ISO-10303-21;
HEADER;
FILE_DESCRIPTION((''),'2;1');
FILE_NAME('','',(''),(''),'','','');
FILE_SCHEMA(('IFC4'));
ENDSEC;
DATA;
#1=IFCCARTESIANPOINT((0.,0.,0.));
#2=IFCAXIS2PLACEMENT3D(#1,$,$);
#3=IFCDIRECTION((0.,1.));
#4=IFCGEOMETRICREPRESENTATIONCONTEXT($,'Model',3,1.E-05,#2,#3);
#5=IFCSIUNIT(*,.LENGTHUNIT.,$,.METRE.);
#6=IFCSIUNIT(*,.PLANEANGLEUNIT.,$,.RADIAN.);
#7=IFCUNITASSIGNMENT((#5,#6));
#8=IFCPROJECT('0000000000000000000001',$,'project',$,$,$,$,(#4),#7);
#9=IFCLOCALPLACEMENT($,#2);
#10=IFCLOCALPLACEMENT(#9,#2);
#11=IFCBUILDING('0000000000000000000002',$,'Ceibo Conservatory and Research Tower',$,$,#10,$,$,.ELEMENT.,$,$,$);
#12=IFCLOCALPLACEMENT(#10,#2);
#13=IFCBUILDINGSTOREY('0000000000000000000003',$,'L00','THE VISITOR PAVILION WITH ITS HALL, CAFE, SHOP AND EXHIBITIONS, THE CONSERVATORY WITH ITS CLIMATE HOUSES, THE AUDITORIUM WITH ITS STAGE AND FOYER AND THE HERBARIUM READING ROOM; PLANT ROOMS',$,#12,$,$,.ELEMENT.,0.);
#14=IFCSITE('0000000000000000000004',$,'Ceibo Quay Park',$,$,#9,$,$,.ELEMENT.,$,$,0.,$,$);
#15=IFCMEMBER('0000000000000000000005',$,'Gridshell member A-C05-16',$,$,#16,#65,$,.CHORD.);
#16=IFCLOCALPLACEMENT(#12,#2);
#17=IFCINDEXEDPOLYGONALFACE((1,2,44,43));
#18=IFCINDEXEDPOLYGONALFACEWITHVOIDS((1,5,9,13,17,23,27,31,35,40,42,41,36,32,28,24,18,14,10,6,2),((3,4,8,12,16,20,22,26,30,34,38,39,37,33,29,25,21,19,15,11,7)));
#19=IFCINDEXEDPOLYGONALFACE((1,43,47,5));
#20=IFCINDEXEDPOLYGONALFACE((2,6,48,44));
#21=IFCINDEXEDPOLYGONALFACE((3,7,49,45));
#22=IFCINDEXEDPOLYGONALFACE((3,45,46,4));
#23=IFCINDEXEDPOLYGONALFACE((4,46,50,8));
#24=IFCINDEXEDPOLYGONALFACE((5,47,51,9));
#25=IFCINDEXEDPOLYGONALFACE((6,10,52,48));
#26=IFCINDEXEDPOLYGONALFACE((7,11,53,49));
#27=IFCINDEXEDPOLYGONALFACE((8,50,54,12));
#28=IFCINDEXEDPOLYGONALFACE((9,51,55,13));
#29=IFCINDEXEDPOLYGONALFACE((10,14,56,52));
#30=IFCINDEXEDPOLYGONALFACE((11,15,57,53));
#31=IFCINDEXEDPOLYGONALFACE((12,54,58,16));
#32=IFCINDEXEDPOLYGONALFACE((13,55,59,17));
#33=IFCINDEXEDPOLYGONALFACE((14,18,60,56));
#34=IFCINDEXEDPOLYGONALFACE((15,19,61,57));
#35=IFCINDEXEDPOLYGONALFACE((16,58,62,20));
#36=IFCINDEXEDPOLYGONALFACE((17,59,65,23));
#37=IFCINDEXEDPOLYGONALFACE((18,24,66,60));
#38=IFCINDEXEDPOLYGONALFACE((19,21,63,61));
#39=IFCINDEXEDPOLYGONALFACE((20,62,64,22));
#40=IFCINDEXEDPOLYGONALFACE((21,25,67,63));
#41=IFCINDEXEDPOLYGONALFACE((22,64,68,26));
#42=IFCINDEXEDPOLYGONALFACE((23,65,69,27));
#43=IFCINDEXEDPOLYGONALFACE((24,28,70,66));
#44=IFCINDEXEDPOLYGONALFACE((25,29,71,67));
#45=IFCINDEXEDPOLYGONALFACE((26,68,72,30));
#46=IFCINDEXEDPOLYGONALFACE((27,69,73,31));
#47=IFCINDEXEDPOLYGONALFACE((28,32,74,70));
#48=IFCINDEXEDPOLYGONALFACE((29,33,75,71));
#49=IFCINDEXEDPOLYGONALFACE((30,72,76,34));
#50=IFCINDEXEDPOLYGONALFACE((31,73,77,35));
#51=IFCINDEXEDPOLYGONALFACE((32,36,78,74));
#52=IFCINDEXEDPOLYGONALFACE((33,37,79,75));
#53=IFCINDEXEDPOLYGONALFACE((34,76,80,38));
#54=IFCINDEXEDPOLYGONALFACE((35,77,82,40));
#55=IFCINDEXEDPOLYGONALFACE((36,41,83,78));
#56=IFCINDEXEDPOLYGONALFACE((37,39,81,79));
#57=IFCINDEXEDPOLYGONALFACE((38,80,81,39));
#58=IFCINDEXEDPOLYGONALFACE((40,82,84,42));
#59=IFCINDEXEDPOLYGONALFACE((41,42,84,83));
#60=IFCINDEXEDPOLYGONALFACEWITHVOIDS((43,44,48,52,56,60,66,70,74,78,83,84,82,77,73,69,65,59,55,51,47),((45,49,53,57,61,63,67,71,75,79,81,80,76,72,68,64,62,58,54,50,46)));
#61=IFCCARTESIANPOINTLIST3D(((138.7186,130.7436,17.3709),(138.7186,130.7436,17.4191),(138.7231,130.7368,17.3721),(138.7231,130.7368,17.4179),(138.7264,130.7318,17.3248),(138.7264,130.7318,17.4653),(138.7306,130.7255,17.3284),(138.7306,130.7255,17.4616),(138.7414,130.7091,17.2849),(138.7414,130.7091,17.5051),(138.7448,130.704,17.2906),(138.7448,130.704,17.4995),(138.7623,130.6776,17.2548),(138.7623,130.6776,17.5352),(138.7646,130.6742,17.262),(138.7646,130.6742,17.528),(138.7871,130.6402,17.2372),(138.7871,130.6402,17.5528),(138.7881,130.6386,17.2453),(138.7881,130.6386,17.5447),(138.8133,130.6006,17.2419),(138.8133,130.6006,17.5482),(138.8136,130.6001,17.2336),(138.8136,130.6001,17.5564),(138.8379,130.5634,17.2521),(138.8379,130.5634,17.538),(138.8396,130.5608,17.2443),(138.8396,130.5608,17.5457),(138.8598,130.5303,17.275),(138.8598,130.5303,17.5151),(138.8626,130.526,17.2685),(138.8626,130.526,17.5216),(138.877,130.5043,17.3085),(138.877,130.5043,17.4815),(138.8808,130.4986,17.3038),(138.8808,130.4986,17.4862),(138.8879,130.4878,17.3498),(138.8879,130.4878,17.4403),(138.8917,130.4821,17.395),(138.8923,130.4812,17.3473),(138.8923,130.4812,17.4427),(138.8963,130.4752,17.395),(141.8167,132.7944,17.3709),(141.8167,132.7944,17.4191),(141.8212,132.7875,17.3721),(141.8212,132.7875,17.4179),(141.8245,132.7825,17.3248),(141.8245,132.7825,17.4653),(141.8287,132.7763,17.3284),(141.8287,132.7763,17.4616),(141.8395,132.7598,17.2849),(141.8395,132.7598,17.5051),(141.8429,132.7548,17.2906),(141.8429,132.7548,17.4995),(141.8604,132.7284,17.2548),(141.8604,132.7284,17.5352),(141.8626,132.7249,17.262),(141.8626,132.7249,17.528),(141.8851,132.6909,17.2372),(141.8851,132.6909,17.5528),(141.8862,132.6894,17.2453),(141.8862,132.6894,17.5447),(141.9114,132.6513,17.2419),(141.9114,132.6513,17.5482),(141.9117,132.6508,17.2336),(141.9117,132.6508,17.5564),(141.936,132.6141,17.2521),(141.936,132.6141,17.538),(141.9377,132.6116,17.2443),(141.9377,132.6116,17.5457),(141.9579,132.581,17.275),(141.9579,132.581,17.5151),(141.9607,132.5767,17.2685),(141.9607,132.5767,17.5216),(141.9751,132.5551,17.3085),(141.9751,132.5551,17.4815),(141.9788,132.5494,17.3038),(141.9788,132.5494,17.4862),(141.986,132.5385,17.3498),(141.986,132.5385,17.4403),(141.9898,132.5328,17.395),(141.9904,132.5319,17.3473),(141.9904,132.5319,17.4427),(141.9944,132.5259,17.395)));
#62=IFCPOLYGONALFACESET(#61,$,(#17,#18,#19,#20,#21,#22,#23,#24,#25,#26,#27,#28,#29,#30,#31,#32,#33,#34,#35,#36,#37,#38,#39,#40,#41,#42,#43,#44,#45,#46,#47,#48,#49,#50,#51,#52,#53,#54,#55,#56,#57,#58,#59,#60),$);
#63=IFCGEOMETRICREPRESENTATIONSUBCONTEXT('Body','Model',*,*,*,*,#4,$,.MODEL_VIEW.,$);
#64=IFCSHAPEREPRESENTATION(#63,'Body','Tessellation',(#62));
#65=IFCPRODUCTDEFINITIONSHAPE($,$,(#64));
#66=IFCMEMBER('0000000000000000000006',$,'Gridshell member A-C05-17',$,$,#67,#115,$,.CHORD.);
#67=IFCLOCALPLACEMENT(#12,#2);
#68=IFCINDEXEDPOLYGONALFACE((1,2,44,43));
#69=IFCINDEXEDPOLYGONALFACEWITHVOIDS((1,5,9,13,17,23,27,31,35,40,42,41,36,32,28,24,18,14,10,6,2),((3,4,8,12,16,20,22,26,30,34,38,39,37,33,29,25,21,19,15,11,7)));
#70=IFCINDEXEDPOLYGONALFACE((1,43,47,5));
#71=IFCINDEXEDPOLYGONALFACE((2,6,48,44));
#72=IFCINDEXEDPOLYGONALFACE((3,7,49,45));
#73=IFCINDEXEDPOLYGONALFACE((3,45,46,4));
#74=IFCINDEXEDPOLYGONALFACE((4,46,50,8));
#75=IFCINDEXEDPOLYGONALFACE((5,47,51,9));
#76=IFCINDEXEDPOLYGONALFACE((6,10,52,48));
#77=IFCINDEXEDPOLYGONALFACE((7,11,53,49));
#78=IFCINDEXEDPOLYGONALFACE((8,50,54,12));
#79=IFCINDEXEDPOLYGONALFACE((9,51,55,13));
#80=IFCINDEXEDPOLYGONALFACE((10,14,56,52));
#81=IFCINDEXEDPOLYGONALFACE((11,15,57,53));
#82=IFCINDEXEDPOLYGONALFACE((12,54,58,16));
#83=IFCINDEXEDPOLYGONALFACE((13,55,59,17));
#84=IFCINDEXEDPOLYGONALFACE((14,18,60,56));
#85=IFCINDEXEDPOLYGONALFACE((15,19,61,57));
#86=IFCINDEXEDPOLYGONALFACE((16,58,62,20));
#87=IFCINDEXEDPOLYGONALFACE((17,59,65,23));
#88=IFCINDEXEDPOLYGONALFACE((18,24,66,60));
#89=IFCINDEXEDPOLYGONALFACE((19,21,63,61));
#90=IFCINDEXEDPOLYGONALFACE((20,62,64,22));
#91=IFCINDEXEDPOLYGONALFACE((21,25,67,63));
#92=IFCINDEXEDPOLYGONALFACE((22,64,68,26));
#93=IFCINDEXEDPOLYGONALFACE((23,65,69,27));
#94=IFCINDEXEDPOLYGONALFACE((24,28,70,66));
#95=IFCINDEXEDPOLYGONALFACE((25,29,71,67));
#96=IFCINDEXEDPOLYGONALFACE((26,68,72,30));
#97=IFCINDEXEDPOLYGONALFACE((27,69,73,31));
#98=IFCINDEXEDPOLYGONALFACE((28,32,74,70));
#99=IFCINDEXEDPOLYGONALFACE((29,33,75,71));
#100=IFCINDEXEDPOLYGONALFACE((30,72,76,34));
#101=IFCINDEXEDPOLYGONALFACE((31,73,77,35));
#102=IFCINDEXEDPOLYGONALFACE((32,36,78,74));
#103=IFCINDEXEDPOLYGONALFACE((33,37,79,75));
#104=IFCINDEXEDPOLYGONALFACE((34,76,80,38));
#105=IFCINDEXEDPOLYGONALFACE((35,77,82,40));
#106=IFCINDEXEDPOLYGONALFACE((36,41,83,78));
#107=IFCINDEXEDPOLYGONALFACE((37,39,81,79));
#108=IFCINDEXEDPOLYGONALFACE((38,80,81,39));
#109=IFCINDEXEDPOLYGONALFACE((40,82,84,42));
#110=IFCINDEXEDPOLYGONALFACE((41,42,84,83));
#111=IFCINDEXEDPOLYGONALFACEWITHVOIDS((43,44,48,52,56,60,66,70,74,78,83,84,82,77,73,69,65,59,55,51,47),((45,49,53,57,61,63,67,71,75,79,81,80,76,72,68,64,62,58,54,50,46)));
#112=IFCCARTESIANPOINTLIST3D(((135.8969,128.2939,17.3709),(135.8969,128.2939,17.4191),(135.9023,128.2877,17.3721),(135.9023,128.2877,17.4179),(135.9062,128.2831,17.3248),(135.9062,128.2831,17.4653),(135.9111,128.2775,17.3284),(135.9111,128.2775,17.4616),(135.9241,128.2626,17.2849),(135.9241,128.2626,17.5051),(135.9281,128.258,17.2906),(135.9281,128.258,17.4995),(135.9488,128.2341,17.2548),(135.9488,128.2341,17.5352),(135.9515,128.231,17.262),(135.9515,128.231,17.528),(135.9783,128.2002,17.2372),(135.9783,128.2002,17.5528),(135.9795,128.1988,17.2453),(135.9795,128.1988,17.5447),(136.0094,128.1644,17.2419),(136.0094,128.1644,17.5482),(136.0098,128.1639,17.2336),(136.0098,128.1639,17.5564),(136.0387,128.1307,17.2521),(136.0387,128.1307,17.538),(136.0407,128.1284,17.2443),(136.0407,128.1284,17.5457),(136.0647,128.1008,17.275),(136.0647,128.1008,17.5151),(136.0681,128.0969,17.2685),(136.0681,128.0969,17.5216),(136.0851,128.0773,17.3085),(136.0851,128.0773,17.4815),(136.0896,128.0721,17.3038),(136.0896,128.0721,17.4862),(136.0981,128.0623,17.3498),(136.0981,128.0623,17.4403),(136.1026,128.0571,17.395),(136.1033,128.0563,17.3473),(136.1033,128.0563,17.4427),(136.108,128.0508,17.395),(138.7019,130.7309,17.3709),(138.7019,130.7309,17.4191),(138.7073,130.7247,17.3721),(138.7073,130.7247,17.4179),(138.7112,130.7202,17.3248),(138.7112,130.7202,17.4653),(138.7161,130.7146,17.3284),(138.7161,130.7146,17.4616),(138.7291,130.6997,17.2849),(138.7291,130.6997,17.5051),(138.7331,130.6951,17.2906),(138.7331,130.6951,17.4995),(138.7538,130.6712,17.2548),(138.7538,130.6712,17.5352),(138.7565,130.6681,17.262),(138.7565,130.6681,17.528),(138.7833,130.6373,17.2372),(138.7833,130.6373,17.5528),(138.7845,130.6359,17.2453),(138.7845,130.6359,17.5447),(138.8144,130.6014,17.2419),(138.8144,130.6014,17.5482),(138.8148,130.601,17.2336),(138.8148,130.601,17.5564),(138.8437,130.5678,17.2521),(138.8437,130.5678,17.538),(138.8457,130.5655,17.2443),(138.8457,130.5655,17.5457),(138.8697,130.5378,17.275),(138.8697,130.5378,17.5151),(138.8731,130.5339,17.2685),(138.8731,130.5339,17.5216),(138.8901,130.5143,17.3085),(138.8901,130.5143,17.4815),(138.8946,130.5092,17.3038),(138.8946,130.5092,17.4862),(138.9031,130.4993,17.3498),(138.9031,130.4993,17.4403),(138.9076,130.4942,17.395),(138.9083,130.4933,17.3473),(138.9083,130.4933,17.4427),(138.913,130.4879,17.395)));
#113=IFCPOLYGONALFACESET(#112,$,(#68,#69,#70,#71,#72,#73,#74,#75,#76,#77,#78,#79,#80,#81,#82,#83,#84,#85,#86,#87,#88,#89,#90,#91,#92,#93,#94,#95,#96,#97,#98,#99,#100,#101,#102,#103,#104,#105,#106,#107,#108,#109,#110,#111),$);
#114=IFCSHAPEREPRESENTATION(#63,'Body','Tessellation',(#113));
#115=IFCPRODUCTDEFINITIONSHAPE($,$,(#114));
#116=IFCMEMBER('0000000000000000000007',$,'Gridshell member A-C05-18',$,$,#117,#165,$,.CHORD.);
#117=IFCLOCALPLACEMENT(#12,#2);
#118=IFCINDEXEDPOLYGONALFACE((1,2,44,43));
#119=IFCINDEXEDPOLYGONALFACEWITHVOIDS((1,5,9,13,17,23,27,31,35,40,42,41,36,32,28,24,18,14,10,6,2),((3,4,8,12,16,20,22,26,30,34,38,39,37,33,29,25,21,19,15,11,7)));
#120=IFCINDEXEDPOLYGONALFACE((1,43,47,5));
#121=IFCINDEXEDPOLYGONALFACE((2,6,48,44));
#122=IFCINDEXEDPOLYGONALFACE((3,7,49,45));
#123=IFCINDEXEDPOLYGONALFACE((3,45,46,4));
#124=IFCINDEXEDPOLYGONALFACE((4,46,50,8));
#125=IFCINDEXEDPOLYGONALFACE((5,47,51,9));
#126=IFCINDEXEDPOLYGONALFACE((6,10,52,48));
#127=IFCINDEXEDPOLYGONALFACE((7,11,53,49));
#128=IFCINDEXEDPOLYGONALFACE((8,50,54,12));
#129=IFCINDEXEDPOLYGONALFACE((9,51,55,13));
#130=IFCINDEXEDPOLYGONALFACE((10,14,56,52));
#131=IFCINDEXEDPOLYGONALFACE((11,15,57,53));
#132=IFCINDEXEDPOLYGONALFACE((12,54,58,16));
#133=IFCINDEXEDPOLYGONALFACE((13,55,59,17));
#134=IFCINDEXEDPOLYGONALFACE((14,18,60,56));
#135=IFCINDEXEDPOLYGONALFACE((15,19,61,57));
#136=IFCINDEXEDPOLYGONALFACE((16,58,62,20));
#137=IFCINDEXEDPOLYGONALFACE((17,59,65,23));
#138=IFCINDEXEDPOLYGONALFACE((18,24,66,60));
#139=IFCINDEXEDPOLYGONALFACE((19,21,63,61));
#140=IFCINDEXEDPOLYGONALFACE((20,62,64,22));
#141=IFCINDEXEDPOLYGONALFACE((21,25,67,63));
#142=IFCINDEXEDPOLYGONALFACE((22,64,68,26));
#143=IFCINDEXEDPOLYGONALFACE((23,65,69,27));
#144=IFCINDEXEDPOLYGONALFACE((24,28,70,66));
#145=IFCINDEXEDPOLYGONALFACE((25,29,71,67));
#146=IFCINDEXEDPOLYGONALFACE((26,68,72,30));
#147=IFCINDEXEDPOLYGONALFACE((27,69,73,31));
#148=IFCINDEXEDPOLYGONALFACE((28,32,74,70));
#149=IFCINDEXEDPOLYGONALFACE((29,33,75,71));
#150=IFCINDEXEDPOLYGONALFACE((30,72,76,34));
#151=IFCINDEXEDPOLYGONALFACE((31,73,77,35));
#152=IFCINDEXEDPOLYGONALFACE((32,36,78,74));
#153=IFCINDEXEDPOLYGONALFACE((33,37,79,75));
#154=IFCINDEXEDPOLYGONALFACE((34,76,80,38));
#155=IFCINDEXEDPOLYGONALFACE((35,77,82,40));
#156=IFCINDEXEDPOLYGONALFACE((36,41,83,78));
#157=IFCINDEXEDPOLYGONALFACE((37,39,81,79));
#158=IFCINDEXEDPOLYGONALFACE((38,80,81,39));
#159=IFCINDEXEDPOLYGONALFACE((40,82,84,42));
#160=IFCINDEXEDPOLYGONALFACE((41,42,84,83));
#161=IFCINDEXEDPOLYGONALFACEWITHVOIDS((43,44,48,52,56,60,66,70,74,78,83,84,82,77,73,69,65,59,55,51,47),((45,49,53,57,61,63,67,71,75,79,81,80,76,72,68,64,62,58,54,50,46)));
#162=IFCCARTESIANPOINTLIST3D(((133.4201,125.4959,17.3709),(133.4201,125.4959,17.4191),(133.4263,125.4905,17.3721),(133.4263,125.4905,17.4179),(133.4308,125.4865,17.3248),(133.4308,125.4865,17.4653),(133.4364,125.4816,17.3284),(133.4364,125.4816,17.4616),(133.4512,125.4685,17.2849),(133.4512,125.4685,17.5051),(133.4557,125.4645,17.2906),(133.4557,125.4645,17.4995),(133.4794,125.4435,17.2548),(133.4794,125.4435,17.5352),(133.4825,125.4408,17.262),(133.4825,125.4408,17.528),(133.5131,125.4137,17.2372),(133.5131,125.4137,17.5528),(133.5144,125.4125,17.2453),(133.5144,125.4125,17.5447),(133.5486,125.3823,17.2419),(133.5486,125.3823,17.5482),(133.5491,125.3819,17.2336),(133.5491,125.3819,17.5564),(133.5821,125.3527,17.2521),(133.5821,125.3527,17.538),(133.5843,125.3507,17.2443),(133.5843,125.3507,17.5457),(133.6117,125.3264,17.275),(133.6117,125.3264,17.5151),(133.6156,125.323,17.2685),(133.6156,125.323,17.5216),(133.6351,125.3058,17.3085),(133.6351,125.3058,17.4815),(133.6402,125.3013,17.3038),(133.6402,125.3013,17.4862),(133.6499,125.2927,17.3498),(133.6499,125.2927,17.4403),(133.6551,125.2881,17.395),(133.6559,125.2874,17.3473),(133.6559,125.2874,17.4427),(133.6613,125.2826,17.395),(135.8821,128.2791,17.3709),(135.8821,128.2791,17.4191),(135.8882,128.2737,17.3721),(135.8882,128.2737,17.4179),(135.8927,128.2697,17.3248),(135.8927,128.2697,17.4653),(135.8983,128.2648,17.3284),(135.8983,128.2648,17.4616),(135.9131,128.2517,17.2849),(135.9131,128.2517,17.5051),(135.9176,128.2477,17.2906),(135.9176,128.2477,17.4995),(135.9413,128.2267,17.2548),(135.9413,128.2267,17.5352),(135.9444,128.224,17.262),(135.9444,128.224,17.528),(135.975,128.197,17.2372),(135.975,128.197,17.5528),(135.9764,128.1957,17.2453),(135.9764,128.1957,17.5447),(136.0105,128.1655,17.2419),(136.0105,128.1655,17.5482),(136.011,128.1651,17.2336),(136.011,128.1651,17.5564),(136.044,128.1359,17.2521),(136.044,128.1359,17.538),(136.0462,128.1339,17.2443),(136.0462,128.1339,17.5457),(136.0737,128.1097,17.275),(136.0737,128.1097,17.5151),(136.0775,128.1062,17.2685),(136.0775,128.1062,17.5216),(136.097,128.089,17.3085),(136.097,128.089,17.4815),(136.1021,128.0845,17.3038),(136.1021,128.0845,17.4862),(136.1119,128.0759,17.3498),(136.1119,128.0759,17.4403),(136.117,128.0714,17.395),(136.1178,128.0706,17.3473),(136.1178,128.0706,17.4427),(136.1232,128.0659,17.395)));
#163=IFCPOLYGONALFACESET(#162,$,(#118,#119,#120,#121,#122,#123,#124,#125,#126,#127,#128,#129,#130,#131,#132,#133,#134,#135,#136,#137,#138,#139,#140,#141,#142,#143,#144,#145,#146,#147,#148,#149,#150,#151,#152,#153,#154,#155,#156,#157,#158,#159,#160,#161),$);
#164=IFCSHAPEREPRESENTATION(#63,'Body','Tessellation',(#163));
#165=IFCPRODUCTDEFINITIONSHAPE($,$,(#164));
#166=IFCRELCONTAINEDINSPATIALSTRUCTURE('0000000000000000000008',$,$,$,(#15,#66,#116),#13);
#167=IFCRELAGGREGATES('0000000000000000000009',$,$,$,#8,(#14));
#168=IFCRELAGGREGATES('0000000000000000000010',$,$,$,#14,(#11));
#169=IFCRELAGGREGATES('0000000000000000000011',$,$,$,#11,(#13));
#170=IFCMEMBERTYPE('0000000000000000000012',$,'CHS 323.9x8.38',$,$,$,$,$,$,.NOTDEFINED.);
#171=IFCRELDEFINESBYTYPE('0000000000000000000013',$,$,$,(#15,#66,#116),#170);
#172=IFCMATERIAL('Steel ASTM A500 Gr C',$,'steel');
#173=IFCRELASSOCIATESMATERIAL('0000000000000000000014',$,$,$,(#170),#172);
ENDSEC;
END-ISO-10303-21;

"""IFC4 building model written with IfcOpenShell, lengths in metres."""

from ifc_helpers import new_model, si_unit, direction, frame, origin, origin_2d, place, context, subcontext, project, spatial, hollow_circle, extrude, material, material_profile, profile_set, type_object, element, save


model = new_model("IFC4")

# Units and contexts
model_context = context("Model", 3, precision=1e-05, world=origin(), true_north=direction((0.0, 1.0)))
body_context = subcontext(model_context, "Body", "Model", "MODEL_VIEW")
ifc_project = project(units=[si_unit("LENGTHUNIT", "METRE"), si_unit("PLANEANGLEUNIT", "RADIAN")], contexts=[model_context])

# Site, building, storey
site_placement = place(None, origin())
site = spatial("IfcSite", under=ifc_project, at=site_placement, Name="Ceibo Quay Park", CompositionType="ELEMENT", RefElevation=0.0)
building_placement = place(site_placement, origin())
building = spatial("IfcBuilding", under=site, at=building_placement, Name="Ceibo Conservatory and Research Tower", CompositionType="ELEMENT")
storey_placement = place(building_placement, origin())
storey = spatial("IfcBuildingStorey", under=building, at=storey_placement, Name="L00", Description="THE VISITOR PAVILION WITH ITS HALL, CAFE, SHOP AND EXHIBITIONS, THE CONSERVATORY WITH ITS CLIMATE HOUSES, THE AUDITORIUM WITH ITS STAGE AND FOYER AND THE HERBARIUM READING ROOM; PLANT ROOMS", CompositionType="ELEMENT", Elevation=0.0)

# Members
ifc_material_1 = material(Name="Steel ASTM A500 Gr C", Category="steel")
ifc_material_profile_1 = material_profile(ifc_material_1, hollow_circle(Radius=0.1619, WallThickness=0.0083, at=origin_2d()), Name="CHS 323.9x8.38")
ifc_profile_set_1 = profile_set([ifc_material_profile_1], Name="Steel ASTM A500 Gr C")
member_type_1 = type_object("IfcMemberType", Name="CHS 323.9x8.38", PredefinedType="NOTDEFINED", material=ifc_profile_set_1)
member_1_placement = place(storey_placement, frame((141.905, 132.6609, 17.395), z_axis=(-0.833865, -0.551968, 0.0), x_axis=(0.551968, -0.833865, 0.0)))
element("IfcMember", 1, at=member_1_placement, inside=storey, type_object=member_type_1, Name="Gridshell member A-C05-16", PredefinedType="CHORD", context=body_context, shape_type="SweptSolid", body=[
    extrude(hollow_circle(Radius=0.1619, WallThickness=0.0083, at=origin_2d()), origin(), (0.0, 0.0, 1.0), 3.7153),
])
for number, where, z_axis, x_axis, name in (
    (2, (138.8069, 130.6101, 17.395), (-0.75488, -0.655863, 0.0), (0.655863, -0.75488, 0.0), "Gridshell member A-C05-17"),
    (3, (136.002, 128.1731, 17.395), (-0.662551, -0.749017, 0.0), (0.749017, -0.662551, 0.0), "Gridshell member A-C05-18"),
):
    element("IfcMember", number, at=place(storey_placement, frame(where, z_axis=z_axis, x_axis=x_axis)), inside=storey, type_object=member_type_1, Name=name, PredefinedType="CHORD", context=body_context, shape_type="SweptSolid", body=[
        extrude(hollow_circle(Radius=0.1619, WallThickness=0.0083, at=origin_2d()), origin(), (0.0, 0.0, 1.0), 3.7158),
    ])

save(model, "model.ifc")
